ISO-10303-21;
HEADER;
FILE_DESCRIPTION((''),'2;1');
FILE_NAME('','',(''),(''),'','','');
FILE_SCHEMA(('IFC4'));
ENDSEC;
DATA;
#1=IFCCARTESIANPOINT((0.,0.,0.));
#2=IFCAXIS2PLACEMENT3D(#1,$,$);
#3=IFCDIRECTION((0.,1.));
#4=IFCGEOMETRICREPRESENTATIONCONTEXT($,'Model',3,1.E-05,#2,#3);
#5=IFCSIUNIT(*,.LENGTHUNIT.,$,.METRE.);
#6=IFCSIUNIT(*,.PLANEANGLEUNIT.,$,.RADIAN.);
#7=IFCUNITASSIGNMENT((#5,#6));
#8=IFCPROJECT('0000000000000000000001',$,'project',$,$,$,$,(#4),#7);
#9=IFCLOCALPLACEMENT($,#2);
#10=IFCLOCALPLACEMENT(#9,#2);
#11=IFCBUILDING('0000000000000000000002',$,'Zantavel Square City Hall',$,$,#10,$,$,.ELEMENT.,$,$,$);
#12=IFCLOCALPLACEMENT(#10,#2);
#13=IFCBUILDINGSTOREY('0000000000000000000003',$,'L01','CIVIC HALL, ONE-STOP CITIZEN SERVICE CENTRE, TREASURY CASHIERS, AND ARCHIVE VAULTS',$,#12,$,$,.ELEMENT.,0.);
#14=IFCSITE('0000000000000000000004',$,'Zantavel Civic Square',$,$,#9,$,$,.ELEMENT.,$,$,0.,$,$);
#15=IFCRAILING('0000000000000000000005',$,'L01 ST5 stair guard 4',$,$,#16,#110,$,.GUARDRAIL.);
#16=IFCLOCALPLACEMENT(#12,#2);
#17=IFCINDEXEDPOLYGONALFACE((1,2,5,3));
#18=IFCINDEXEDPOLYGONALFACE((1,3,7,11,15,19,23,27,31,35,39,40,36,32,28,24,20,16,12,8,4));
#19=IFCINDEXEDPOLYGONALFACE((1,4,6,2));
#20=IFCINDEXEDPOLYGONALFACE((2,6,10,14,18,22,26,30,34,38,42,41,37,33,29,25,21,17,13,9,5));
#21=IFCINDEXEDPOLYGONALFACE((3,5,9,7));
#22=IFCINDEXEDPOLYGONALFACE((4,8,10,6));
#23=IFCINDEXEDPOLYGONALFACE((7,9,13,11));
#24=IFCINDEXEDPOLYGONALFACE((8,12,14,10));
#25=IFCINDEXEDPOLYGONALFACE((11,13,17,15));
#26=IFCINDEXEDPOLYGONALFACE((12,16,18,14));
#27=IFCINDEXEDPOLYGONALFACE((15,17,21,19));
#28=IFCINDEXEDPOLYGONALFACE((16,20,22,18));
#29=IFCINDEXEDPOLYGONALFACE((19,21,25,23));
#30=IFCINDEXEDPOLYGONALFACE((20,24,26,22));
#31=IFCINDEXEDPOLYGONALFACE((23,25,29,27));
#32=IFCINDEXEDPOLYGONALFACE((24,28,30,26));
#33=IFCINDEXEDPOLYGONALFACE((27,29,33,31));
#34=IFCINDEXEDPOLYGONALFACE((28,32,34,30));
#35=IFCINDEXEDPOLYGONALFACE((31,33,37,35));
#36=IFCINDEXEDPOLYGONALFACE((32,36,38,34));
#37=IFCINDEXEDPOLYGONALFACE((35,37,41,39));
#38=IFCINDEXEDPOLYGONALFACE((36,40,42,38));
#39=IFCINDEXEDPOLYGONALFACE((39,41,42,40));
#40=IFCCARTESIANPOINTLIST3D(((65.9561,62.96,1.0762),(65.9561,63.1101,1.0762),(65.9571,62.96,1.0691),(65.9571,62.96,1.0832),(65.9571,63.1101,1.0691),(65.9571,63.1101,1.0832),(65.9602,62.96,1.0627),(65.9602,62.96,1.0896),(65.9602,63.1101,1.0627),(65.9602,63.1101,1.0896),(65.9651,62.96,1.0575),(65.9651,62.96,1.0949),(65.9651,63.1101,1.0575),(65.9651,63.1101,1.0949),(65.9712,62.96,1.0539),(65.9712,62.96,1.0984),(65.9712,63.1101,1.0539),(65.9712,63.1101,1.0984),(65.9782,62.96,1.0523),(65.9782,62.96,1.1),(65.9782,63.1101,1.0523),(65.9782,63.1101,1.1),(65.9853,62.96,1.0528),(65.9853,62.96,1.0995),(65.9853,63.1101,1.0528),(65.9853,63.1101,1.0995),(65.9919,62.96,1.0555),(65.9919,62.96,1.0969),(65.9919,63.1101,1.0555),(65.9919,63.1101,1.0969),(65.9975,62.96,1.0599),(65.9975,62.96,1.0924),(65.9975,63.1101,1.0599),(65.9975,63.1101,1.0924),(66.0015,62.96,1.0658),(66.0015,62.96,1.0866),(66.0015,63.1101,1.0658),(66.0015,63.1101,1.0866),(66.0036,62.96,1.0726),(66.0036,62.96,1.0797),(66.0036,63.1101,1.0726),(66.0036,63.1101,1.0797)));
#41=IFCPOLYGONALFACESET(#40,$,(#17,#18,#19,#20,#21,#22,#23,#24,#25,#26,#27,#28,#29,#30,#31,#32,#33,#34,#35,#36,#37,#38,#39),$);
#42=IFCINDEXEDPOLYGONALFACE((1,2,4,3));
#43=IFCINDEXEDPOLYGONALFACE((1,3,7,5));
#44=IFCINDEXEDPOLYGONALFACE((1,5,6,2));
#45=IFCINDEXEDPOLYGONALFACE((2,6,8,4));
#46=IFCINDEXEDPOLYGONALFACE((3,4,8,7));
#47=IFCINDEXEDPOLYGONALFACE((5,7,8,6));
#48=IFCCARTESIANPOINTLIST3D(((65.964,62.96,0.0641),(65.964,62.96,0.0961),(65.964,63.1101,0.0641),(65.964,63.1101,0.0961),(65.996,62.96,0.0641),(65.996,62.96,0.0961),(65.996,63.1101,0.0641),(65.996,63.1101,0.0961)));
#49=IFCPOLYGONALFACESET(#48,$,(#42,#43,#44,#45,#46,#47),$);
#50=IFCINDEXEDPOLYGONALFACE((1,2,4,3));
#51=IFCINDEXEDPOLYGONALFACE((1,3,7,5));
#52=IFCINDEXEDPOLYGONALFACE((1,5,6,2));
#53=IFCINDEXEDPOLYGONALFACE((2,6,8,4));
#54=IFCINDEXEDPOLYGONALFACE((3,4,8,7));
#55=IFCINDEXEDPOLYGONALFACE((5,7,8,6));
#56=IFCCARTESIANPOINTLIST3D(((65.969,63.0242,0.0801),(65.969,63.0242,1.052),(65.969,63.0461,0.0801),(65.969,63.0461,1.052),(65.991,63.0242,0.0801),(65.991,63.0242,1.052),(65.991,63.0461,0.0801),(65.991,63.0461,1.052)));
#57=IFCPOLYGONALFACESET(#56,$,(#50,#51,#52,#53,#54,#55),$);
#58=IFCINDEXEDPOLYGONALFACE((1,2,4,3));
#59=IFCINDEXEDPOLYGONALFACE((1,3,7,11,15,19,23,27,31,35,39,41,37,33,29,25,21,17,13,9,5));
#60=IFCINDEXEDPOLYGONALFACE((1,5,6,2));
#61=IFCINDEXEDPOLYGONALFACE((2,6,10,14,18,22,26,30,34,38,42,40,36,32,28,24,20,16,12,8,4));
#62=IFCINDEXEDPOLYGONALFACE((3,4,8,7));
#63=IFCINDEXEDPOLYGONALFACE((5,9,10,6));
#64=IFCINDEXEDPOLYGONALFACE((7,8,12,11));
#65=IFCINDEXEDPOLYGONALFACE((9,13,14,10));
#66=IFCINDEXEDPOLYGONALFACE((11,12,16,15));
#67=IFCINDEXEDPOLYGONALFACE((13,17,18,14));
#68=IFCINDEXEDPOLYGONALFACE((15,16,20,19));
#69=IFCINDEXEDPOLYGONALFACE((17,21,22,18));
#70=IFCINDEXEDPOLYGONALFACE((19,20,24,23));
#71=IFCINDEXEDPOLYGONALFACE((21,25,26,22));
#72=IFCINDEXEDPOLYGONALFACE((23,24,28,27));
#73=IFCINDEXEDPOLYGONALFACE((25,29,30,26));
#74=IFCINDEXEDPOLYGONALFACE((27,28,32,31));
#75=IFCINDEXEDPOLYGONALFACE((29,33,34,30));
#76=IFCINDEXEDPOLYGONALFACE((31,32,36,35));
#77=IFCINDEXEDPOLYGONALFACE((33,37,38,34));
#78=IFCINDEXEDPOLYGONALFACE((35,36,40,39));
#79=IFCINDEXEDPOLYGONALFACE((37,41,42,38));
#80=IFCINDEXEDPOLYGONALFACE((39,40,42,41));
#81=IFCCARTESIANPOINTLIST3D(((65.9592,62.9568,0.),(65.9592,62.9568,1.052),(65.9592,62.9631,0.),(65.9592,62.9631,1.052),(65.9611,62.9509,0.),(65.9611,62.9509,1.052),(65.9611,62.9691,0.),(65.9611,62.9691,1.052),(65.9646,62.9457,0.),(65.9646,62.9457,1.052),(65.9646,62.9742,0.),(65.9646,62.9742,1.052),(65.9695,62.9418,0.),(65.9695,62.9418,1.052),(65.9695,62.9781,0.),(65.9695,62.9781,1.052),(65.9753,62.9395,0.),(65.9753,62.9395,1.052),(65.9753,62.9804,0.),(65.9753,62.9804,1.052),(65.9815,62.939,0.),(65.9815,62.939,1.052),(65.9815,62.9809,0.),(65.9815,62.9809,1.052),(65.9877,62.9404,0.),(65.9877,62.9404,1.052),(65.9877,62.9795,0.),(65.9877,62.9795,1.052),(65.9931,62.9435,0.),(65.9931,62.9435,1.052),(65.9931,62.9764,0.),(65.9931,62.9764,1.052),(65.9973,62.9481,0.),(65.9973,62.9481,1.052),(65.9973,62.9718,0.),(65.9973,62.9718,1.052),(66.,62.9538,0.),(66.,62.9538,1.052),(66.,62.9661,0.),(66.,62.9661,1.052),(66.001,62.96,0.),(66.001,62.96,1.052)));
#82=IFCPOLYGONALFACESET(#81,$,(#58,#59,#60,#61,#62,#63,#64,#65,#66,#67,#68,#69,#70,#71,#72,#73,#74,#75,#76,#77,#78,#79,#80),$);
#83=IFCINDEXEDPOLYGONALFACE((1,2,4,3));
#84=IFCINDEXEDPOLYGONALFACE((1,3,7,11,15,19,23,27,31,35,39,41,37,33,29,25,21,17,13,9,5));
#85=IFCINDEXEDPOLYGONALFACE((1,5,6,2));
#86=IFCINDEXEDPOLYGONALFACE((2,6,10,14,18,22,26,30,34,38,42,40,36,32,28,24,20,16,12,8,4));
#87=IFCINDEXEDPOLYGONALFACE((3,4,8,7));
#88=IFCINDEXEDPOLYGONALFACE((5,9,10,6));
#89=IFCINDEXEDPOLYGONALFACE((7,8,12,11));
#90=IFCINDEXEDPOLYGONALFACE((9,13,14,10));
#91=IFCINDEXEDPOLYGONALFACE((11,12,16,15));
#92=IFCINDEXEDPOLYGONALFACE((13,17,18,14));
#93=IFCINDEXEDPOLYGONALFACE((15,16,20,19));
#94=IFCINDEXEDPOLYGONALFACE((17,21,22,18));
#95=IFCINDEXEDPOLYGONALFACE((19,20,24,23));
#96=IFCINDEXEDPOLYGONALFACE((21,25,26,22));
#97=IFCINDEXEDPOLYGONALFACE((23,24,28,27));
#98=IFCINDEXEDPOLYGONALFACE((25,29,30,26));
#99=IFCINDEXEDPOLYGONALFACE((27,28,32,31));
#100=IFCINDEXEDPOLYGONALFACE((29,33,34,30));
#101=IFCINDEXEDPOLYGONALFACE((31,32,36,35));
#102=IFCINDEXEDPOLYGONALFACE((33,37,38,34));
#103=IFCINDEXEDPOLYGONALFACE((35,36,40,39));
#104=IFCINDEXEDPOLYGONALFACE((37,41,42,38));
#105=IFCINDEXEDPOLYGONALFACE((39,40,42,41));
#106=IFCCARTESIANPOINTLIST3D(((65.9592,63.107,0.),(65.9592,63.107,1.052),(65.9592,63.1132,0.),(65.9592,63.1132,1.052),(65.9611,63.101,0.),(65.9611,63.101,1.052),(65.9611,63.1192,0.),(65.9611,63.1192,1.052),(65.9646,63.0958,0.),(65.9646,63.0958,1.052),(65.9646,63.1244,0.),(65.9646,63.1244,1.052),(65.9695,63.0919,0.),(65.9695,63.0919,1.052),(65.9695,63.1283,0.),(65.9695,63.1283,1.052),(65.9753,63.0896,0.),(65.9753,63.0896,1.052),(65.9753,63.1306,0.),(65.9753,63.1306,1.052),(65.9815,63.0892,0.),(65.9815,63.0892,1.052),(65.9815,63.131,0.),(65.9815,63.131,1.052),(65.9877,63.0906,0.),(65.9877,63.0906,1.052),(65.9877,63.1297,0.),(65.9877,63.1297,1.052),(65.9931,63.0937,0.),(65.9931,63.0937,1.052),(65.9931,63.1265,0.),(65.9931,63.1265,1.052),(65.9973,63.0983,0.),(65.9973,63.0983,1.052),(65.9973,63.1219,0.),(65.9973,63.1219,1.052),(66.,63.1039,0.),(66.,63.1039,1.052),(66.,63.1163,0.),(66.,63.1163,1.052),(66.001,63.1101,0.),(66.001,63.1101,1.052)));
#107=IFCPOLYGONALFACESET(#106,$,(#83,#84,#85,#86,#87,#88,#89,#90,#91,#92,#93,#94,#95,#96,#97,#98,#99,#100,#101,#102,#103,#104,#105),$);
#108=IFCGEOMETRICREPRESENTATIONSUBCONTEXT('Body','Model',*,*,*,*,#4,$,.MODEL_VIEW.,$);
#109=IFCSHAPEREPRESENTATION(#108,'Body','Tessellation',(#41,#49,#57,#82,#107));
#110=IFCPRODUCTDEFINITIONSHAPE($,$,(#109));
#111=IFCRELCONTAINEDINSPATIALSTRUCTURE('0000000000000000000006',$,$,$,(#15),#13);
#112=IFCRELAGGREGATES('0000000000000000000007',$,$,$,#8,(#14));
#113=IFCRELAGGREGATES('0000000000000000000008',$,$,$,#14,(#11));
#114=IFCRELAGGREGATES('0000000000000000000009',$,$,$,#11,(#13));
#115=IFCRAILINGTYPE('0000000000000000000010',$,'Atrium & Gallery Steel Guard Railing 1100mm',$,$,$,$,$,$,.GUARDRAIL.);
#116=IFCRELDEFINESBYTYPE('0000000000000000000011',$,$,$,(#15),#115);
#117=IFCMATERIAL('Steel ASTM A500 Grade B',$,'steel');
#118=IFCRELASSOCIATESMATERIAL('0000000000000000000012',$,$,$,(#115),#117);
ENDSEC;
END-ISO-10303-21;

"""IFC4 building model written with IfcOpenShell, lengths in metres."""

from ifc_helpers import new_model, si_unit, direction, frame, origin, origin_2d, place, context, subcontext, project, spatial, rectangle, circle, extrude, material, type_object, element, save


model = new_model("IFC4")

# Units and contexts
model_context = context("Model", 3, precision=1e-05, world=origin(), true_north=direction((0.0, 1.0)))
body_context = subcontext(model_context, "Body", "Model", "MODEL_VIEW")
ifc_project = project(units=[si_unit("LENGTHUNIT", "METRE"), si_unit("PLANEANGLEUNIT", "RADIAN")], contexts=[model_context])

# Site, building, storey
site_placement = place(None, origin())
site = spatial("IfcSite", under=ifc_project, at=site_placement, Name="Zantavel Civic Square", CompositionType="ELEMENT", RefElevation=0.0)
building_placement = place(site_placement, origin())
building = spatial("IfcBuilding", under=site, at=building_placement, Name="Zantavel Square City Hall", CompositionType="ELEMENT")
storey_placement = place(building_placement, origin())
storey = spatial("IfcBuildingStorey", under=building, at=storey_placement, Name="L01", Description="CIVIC HALL, ONE-STOP CITIZEN SERVICE CENTRE, TREASURY CASHIERS, AND ARCHIVE VAULTS", CompositionType="ELEMENT", Elevation=0.0)

# Railing
ifc_material_1 = material(Name="Steel ASTM A500 Grade B", Category="steel")
railing_type_1 = type_object("IfcRailingType", Name="Atrium & Gallery Steel Guard Railing 1100mm", PredefinedType="GUARDRAIL", material=ifc_material_1)
railing_1_placement = place(storey_placement, frame((65.98, 62.96, 0.0)))
element("IfcRailing", 1, at=railing_1_placement, inside=storey, type_object=railing_type_1, Name="L01 ST5 stair guard 4", PredefinedType="GUARDRAIL", context=body_context, shape_type="SweptSolid", body=[
    extrude(circle(Radius=0.0239, at=origin_2d()), frame((0.0, 0.0, 1.0762), z_axis=(0.0, 1.0, 0.0), x_axis=(-1.0, 0.0, 0.0)), (0.0, 0.0, 1.0), 0.1501),
    extrude(rectangle(XDim=0.032, YDim=0.032, at=origin_2d()), frame((0.0, 0.0, 0.0801), z_axis=(0.0, 1.0, 0.0), x_axis=(-1.0, 0.0, 0.0)), (0.0, 0.0, 1.0), 0.1501),
    extrude(rectangle(XDim=0.022, YDim=0.022, at=origin_2d()), frame((0.0, 0.0752, 0.0801)), (0.0, 0.0, 1.0), 0.9719),
    extrude(circle(Radius=0.021, at=origin_2d()), origin(), (0.0, 0.0, 1.0), 1.052),
    extrude(circle(Radius=0.021, at=origin_2d()), frame((0.0, 0.1501, 0.0)), (0.0, 0.0, 1.0), 1.052),
])

save(model, "model.ifc")
